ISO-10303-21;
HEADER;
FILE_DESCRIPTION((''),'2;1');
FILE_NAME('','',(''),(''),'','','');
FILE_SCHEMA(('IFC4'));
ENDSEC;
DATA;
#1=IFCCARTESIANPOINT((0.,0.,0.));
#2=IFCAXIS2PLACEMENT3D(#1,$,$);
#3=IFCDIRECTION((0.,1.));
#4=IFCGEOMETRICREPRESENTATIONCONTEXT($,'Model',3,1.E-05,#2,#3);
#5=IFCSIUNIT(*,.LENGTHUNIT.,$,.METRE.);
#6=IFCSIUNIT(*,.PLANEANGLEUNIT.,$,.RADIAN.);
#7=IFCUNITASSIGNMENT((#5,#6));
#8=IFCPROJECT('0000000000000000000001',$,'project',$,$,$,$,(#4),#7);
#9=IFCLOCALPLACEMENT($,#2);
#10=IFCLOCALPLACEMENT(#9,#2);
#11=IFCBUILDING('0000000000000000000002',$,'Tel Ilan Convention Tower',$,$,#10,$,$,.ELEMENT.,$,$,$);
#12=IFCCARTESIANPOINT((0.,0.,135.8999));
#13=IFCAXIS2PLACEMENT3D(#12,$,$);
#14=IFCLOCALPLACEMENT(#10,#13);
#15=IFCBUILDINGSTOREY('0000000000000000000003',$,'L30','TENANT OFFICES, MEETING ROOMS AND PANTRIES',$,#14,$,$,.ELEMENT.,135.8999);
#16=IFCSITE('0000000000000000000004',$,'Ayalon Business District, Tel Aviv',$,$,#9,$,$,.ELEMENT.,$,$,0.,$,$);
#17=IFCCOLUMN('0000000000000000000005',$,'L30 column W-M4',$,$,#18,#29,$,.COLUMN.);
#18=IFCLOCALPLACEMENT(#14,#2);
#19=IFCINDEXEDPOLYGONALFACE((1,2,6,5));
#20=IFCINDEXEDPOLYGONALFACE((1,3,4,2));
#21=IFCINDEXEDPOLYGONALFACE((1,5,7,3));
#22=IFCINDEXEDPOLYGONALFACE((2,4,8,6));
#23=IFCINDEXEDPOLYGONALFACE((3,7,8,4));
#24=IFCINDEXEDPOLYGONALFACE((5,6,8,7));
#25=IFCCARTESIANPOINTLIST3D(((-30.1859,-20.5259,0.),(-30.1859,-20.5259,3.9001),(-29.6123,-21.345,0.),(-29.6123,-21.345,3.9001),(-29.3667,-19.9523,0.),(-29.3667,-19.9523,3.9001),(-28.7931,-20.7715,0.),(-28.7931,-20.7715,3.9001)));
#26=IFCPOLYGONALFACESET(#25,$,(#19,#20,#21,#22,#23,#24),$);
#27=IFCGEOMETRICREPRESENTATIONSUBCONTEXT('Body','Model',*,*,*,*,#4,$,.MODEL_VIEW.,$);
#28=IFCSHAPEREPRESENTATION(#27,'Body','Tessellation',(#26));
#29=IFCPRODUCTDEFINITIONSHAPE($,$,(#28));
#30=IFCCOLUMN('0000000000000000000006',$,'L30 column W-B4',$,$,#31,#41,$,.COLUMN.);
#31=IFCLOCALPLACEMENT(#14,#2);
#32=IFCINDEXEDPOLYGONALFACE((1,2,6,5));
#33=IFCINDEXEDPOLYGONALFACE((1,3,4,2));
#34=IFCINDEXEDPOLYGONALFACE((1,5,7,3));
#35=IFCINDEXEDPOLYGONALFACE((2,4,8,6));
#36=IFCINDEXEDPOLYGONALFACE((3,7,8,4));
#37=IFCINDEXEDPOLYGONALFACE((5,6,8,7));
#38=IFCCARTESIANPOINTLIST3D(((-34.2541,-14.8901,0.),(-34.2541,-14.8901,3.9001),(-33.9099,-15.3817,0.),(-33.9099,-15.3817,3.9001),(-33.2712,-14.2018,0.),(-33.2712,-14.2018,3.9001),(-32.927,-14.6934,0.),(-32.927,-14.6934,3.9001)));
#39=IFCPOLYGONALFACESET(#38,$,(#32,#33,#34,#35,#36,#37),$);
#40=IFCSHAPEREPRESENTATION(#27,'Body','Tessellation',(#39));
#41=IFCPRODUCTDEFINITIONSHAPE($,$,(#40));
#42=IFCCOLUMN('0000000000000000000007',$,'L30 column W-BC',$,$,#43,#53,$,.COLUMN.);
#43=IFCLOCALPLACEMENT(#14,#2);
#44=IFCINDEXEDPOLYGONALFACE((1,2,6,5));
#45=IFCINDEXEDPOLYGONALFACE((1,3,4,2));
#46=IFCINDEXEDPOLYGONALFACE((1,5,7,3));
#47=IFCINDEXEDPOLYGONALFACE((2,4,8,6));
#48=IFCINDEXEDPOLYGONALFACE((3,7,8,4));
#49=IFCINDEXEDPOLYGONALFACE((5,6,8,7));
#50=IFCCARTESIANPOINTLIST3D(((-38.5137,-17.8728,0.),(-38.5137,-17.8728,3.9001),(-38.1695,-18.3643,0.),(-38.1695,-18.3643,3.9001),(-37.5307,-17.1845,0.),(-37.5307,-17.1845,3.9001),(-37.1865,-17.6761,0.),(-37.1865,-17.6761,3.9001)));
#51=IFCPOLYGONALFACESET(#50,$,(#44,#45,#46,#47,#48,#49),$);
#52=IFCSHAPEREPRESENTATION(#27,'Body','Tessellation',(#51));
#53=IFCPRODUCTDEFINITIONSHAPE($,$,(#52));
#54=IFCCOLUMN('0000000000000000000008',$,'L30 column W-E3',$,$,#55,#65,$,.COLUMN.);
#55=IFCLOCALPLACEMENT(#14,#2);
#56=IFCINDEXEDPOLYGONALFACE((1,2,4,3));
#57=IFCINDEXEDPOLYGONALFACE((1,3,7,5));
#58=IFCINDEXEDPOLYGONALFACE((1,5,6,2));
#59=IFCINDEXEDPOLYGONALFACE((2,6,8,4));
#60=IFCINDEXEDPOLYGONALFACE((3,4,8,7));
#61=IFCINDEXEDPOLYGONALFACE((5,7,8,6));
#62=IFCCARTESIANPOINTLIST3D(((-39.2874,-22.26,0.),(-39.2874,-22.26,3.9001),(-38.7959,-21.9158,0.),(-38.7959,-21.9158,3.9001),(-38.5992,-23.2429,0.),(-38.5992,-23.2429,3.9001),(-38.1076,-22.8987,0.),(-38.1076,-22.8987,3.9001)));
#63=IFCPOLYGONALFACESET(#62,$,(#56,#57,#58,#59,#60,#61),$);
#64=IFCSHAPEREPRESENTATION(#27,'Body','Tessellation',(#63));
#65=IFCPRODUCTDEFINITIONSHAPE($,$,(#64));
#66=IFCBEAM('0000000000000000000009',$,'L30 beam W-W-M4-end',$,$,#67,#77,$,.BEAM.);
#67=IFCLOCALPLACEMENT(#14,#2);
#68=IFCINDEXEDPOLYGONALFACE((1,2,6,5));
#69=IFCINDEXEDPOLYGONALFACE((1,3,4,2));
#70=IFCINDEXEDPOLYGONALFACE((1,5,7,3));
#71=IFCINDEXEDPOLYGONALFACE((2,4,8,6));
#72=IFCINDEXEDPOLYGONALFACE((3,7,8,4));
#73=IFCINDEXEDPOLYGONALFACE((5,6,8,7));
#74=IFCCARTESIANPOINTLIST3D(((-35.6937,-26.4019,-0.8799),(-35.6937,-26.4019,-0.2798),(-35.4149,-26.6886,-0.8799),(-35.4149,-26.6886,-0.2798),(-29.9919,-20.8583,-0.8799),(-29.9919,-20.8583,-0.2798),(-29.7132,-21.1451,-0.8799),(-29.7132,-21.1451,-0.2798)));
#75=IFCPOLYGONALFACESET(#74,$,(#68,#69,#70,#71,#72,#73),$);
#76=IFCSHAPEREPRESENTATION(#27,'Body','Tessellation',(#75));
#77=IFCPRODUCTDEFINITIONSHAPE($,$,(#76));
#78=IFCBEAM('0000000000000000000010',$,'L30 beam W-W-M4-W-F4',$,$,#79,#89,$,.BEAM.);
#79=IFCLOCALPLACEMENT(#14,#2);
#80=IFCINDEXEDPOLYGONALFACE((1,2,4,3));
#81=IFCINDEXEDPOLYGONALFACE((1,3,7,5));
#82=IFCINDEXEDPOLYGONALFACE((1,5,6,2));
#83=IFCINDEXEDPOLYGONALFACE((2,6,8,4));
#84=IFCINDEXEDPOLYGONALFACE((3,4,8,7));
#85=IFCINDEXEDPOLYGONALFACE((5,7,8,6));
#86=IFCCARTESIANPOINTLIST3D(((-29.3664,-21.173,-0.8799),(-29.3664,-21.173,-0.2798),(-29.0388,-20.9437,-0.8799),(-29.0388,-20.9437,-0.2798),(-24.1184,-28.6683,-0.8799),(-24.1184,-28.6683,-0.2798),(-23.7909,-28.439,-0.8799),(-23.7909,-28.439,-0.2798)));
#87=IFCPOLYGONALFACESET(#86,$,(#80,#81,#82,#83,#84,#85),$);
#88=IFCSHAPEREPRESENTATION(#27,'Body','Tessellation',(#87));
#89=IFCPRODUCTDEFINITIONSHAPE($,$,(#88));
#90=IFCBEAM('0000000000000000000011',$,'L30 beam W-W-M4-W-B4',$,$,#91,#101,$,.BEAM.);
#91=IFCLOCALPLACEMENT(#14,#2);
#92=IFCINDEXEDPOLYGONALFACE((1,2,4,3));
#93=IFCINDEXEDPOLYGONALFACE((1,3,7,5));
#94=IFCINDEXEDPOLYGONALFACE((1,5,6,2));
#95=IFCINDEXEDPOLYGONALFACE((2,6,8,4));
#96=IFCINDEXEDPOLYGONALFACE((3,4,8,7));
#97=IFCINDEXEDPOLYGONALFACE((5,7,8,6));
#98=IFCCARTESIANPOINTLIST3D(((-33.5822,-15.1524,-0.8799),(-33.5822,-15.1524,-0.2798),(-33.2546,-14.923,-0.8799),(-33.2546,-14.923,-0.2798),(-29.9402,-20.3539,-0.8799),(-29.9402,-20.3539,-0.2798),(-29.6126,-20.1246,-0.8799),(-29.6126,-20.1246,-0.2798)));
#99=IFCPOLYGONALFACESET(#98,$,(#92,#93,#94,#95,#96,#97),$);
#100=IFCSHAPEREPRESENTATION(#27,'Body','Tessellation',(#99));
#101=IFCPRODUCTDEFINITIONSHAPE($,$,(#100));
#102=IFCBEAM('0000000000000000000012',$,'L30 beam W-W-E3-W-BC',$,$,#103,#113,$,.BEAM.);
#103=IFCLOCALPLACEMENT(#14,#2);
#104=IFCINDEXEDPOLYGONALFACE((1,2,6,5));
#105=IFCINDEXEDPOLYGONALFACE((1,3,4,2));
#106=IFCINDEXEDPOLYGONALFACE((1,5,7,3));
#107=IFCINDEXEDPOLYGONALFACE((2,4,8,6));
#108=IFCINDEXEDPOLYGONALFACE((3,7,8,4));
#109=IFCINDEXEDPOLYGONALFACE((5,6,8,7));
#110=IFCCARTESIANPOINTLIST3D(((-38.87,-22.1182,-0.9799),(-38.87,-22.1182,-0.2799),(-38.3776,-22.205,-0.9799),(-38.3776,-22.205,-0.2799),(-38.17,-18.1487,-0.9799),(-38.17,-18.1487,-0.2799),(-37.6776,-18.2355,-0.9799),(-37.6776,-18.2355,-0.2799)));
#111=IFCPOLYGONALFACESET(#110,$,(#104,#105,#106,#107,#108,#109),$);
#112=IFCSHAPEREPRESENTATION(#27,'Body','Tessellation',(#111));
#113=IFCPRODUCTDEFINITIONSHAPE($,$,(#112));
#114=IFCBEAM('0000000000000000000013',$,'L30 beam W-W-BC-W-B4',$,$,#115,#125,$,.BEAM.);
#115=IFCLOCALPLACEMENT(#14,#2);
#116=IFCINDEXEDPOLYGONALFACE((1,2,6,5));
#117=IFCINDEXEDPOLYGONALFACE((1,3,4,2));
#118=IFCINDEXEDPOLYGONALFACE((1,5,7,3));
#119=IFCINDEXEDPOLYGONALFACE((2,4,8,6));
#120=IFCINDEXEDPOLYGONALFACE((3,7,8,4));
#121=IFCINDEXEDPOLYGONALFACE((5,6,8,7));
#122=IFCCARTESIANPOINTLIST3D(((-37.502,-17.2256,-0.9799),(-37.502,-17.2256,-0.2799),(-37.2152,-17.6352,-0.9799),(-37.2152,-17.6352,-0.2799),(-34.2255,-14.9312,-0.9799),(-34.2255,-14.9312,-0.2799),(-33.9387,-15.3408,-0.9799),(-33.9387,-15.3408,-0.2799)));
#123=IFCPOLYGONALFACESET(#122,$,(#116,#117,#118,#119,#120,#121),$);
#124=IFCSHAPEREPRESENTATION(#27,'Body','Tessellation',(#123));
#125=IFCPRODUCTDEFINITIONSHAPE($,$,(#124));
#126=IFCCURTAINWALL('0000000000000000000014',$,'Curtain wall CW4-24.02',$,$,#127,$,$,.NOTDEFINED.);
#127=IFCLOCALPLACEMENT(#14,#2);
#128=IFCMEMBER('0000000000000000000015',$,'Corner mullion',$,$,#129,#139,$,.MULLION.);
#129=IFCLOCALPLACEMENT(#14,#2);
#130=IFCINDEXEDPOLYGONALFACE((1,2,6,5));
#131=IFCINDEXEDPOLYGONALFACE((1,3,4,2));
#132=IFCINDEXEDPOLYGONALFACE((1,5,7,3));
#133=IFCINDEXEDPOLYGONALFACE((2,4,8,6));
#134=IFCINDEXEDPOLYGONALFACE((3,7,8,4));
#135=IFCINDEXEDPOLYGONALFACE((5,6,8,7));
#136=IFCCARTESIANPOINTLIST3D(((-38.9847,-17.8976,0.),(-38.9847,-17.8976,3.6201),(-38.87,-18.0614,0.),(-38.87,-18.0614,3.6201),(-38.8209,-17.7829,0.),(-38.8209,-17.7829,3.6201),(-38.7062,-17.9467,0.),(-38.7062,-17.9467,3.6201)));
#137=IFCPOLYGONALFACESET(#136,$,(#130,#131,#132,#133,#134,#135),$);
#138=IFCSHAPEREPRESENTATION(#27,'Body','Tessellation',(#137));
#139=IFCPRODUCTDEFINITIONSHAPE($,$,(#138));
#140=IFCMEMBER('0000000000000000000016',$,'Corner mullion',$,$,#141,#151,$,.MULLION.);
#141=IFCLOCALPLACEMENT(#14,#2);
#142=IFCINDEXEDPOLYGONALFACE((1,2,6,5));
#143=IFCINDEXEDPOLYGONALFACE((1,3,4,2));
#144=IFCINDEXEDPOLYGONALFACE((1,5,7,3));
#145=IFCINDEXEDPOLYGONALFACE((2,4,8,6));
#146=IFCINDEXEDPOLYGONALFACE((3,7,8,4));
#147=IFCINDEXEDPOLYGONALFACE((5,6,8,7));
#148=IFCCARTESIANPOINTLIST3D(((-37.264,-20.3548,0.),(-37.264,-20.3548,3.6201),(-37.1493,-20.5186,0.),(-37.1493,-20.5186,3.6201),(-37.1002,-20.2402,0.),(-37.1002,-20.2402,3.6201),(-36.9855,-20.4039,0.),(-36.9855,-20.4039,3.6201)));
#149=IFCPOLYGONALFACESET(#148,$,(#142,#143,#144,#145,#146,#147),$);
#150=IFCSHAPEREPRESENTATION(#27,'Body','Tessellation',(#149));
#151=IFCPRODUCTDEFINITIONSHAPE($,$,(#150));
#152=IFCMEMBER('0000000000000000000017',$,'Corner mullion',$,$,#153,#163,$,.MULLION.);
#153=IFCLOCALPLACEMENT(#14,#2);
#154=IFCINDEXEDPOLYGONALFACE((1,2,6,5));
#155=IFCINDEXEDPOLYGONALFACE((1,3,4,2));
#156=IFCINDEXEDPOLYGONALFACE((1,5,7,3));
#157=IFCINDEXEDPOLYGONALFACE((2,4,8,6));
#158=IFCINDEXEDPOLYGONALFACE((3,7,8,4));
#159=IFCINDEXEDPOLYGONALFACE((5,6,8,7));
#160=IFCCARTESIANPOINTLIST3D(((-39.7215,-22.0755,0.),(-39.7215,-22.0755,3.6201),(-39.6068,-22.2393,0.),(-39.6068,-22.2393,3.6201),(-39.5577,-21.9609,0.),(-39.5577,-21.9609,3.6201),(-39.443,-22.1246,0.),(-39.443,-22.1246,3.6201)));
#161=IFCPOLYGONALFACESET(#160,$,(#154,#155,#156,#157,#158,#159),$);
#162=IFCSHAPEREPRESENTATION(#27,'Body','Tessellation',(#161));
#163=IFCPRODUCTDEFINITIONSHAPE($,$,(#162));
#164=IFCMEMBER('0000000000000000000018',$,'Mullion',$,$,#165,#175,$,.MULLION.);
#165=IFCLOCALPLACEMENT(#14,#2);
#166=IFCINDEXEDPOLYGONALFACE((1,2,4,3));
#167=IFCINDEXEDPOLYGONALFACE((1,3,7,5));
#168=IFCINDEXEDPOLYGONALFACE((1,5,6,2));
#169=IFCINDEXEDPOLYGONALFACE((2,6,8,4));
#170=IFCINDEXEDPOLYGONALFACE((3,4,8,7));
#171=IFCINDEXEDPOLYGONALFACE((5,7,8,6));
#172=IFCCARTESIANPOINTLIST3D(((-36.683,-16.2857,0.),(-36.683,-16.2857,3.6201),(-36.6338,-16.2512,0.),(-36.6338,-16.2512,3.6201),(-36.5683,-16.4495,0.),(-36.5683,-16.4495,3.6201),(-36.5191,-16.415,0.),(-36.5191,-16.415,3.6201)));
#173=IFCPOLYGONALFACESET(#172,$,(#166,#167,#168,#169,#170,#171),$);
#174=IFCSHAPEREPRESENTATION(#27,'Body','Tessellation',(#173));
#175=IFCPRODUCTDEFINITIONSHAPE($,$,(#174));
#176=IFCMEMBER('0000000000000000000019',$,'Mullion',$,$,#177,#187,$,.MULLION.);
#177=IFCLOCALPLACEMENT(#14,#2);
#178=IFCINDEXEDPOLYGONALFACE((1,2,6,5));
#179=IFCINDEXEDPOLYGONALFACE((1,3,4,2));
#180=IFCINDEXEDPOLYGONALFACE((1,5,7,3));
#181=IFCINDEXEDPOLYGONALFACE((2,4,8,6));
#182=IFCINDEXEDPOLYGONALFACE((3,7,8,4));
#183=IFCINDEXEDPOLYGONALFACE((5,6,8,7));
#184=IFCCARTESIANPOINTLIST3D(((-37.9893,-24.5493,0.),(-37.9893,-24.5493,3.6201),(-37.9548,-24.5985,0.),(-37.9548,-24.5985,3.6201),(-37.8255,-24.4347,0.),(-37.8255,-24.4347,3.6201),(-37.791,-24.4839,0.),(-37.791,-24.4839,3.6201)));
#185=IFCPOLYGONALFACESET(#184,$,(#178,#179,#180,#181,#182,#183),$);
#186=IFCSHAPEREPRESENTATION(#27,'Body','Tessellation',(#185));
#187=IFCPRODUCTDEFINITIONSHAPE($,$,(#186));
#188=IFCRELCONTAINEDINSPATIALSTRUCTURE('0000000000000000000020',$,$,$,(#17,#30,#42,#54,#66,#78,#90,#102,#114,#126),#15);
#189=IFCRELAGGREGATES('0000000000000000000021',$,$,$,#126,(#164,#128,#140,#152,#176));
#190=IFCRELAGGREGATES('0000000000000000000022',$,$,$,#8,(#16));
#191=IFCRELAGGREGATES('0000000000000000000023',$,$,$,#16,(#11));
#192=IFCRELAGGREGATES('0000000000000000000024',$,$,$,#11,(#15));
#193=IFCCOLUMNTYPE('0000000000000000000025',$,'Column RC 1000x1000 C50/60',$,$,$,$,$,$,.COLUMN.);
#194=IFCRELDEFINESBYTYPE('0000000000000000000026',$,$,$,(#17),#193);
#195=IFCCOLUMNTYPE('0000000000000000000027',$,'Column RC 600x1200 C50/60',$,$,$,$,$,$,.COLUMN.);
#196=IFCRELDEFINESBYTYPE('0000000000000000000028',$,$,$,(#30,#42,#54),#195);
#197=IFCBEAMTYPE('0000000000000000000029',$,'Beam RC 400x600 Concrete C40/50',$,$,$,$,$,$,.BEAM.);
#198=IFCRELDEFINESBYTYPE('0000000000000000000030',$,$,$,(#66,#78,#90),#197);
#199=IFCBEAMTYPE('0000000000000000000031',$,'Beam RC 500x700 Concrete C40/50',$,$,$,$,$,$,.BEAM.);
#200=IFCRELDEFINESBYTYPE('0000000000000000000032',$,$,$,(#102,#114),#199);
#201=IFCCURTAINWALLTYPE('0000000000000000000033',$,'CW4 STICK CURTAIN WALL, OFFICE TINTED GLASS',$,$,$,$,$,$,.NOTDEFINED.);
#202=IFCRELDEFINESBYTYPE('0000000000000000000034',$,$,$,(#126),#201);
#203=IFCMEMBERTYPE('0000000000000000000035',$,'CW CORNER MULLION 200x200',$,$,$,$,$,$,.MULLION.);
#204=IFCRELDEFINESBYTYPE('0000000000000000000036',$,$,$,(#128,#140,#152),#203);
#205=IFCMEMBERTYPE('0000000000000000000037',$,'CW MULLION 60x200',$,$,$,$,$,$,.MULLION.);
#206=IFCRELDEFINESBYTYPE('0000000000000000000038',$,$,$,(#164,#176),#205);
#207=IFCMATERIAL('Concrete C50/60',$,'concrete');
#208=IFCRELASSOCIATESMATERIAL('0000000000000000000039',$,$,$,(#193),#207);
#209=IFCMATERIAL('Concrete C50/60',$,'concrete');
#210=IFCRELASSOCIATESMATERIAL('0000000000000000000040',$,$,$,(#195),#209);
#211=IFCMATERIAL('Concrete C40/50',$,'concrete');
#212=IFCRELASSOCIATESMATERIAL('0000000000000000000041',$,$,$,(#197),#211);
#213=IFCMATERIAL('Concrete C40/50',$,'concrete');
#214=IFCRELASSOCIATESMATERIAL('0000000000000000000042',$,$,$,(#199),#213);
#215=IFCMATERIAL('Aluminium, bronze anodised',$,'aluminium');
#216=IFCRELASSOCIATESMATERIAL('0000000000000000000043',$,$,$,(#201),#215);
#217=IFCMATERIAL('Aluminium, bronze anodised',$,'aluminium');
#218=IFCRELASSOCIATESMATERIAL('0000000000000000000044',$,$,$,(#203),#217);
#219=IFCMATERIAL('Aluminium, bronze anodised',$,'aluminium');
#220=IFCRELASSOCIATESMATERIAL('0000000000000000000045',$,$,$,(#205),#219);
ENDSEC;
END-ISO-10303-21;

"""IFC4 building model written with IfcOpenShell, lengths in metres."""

from ifc_helpers import new_model, si_unit, direction, frame, origin, origin_2d, place, context, subcontext, project, spatial, rectangle, extrude, material, material_profile, profile_set, type_object, element, aggregate, save


model = new_model("IFC4")

# Units and contexts
model_context = context("Model", 3, precision=1e-05, world=origin(), true_north=direction((0.0, 1.0)))
body_context = subcontext(model_context, "Body", "Model", "MODEL_VIEW")
ifc_project = project(units=[si_unit("LENGTHUNIT", "METRE"), si_unit("PLANEANGLEUNIT", "RADIAN")], contexts=[model_context])

# Site, building, storey
site_placement = place(None, origin())
site = spatial("IfcSite", under=ifc_project, at=site_placement, Name="Ayalon Business District, Tel Aviv", CompositionType="ELEMENT", RefElevation=0.0)
building_placement = place(site_placement, origin())
building = spatial("IfcBuilding", under=site, at=building_placement, Name="Tel Ilan Convention Tower", CompositionType="ELEMENT")
storey_placement = place(building_placement, frame((0.0, 0.0, 135.8999)))
storey = spatial("IfcBuildingStorey", under=building, at=storey_placement, Name="L30", Description="TENANT OFFICES, MEETING ROOMS AND PANTRIES", CompositionType="ELEMENT", Elevation=135.8999)

# Columns
ifc_material_1 = material(Name="Concrete C50/60", Category="concrete")
ifc_material_profile_1 = material_profile(ifc_material_1, rectangle(XDim=1.0, YDim=1.0, at=origin_2d()), Name="RC 1000x1000")
ifc_profile_set_1 = profile_set([ifc_material_profile_1], Name="Concrete C50/60")
column_type_1 = type_object("IfcColumnType", Name="Column RC 1000x1000 C50/60", PredefinedType="COLUMN", material=ifc_profile_set_1)
column_placement = place(storey_placement, frame((-29.4895, -20.6487, 0.0), z_axis=(0.0, 0.0, 1.0), x_axis=(-0.819152, -0.573576, 0.0)))
element("IfcColumn", 1, at=column_placement, inside=storey, type_object=column_type_1, Name="L30 column W-M4", PredefinedType="COLUMN", context=body_context, shape_type="SweptSolid", body=[
    extrude(rectangle(XDim=1.0, YDim=1.0, at=origin_2d()), origin(), (0.0, 0.0, 1.0), 3.9001),
])
ifc_material_2 = material(Name="Concrete C50/60", Category="concrete")
ifc_material_profile_2 = material_profile(ifc_material_2, rectangle(XDim=1.2, YDim=0.6001, at=origin_2d()), Name="RC 600x1200")
ifc_profile_set_2 = profile_set([ifc_material_profile_2], Name="Concrete C50/60")
column_type_2 = type_object("IfcColumnType", Name="Column RC 600x1200 C50/60", PredefinedType="COLUMN", material=ifc_profile_set_2)
for number, where, z_axis, x_axis, name in (
    (2, (-33.5906, -14.7917, 0.0), (0.0, 0.0, 1.0), (-0.819152, -0.573576, 0.0), "L30 column W-B4"),
    (3, (-37.8501, -17.7744, 0.0), (0.0, 0.0, 1.0), (-0.819152, -0.573576, 0.0), "L30 column W-BC"),
    (4, (-38.6975, -22.5793, 0.0), (0.0, 0.0, 1.0), (-0.573576, 0.819152, 0.0), "L30 column W-E3"),
):
    element("IfcColumn", number, at=place(storey_placement, frame(where, z_axis=z_axis, x_axis=x_axis)), inside=storey, type_object=column_type_2, Name=name, PredefinedType="COLUMN", context=body_context, shape_type="SweptSolid", body=[
        extrude(rectangle(XDim=1.2, YDim=0.6001, at=origin_2d()), origin(), (0.0, 0.0, 1.0), 3.9001),
    ])

# Beams
ifc_material_3 = material(Name="Concrete C40/50", Category="concrete")
ifc_material_profile_3 = material_profile(ifc_material_3, rectangle(XDim=0.3999, YDim=0.6001, at=origin_2d()), Name="RC 400x600")
ifc_profile_set_3 = profile_set([ifc_material_profile_3], Name="Concrete C40/50")
beam_type_1 = type_object("IfcBeamType", Name="Beam RC 400x600 Concrete C40/50", PredefinedType="BEAM", material=ifc_profile_set_3)
beam_1_placement = place(storey_placement, frame((-29.8525, -21.0017, -0.5798), z_axis=(-0.716984, -0.69709, 0.0), x_axis=(0.69709, -0.716984, 0.0)))
element("IfcBeam", 5, at=beam_1_placement, inside=storey, type_object=beam_type_1, Name="L30 beam W-W-M4-end", PredefinedType="BEAM", context=body_context, shape_type="SweptSolid", body=[
    extrude(rectangle(XDim=0.3999, YDim=0.6001, at=origin_2d()), origin(), (0.0, 0.0, 1.0), 7.9524),
])
beam_2_placement = place(storey_placement, frame((-29.2026, -21.0583, -0.5798), z_axis=(0.573557, -0.819165, 0.0), x_axis=(0.819165, 0.573557, 0.0)))
element("IfcBeam", 6, at=beam_2_placement, inside=storey, type_object=beam_type_1, Name="L30 beam W-W-M4-W-F4", PredefinedType="BEAM", context=body_context, shape_type="SweptSolid", body=[
    extrude(rectangle(XDim=0.3999, YDim=0.6001, at=origin_2d()), origin(), (0.0, 0.0, 1.0), 9.1499),
])
beam_3_placement = place(storey_placement, frame((-29.7764, -20.2393, -0.5798), z_axis=(-0.57356, 0.819163, 0.0), x_axis=(-0.819163, -0.57356, 0.0)))
element("IfcBeam", 7, at=beam_3_placement, inside=storey, type_object=beam_type_1, Name="L30 beam W-W-M4-W-B4", PredefinedType="BEAM", context=body_context, shape_type="SweptSolid", body=[
    extrude(rectangle(XDim=0.3999, YDim=0.6001, at=origin_2d()), origin(), (0.0, 0.0, 1.0), 6.3499),
])
ifc_material_4 = material(Name="Concrete C40/50", Category="concrete")
ifc_material_profile_4 = material_profile(ifc_material_4, rectangle(XDim=0.5, YDim=0.7, at=origin_2d()), Name="RC 500x700")
ifc_profile_set_4 = profile_set([ifc_material_profile_4], Name="Concrete C40/50")
beam_type_2 = type_object("IfcBeamType", Name="Beam RC 500x700 Concrete C40/50", PredefinedType="BEAM", material=ifc_profile_set_4)
beam_4_placement = place(storey_placement, frame((-38.6238, -22.1616, -0.6299), z_axis=(0.173654, 0.984807, 0.0), x_axis=(-0.984807, 0.173654, 0.0)))
element("IfcBeam", 8, at=beam_4_placement, inside=storey, type_object=beam_type_2, Name="L30 beam W-W-E3-W-BC", PredefinedType="BEAM", context=body_context, shape_type="SweptSolid", body=[
    extrude(rectangle(XDim=0.5, YDim=0.7, at=origin_2d()), origin(), (0.0, 0.0, 1.0), 4.0308),
])
beam_5_placement = place(storey_placement, frame((-37.3586, -17.4304, -0.6299), z_axis=(0.819137, 0.573598, 0.0), x_axis=(-0.573598, 0.819137, 0.0)))
element("IfcBeam", 9, at=beam_5_placement, inside=storey, type_object=beam_type_2, Name="L30 beam W-W-BC-W-B4", PredefinedType="BEAM", context=body_context, shape_type="SweptSolid", body=[
    extrude(rectangle(XDim=0.5, YDim=0.7, at=origin_2d()), origin(), (0.0, 0.0, 1.0), 4.0),
])

# Curtain wall, members
ifc_material_5 = material(Name="Aluminium, bronze anodised", Category="aluminium")
curtain_wall_type = type_object("IfcCurtainWallType", Name="CW4 STICK CURTAIN WALL, OFFICE TINTED GLASS", PredefinedType="NOTDEFINED", material=ifc_material_5)
curtain_wall_placement = place(storey_placement, origin())
curtain_wall = element("IfcCurtainWall", 10, at=curtain_wall_placement, inside=storey, type_object=curtain_wall_type, Name="Curtain wall CW4-24.02", PredefinedType="NOTDEFINED")
ifc_material_6 = material(Name="Aluminium, bronze anodised", Category="aluminium")
ifc_material_profile_5 = material_profile(ifc_material_6, rectangle(XDim=0.2, YDim=0.2, at=origin_2d()), Name="CW CORNER MULLION 200x200")
ifc_profile_set_5 = profile_set([ifc_material_profile_5], Name="Aluminium, bronze anodised")
member_type_1 = type_object("IfcMemberType", Name="CW CORNER MULLION 200x200", PredefinedType="MULLION", material=ifc_profile_set_5)
member_1_placement = place(storey_placement, frame((-38.8455, -17.9221, 0.0), z_axis=(0.0, 0.0, 1.0), x_axis=(-0.819152, -0.573576, 0.0)))
member_1 = element("IfcMember", 11, at=member_1_placement, type_object=member_type_1, Name="Corner mullion", PredefinedType="MULLION", context=body_context, shape_type="SweptSolid", body=[
    extrude(rectangle(XDim=0.2, YDim=0.2, at=origin_2d()), origin(), (0.0, 0.0, 1.0), 3.6201),
])
member_2_placement = place(storey_placement, frame((-37.1248, -20.3794, 0.0), z_axis=(0.0, 0.0, 1.0), x_axis=(0.573576, -0.819152, 0.0)))
member_2 = element("IfcMember", 12, at=member_2_placement, type_object=member_type_1, Name="Corner mullion", PredefinedType="MULLION", context=body_context, shape_type="SweptSolid", body=[
    extrude(rectangle(XDim=0.2, YDim=0.2, at=origin_2d()), origin(), (0.0, 0.0, 1.0), 3.6201),
])
member_3_placement = place(storey_placement, frame((-39.5823, -22.1001, 0.0), z_axis=(0.0, 0.0, 1.0), x_axis=(-0.819152, -0.573576, 0.0)))
member_3 = element("IfcMember", 13, at=member_3_placement, type_object=member_type_1, Name="Corner mullion", PredefinedType="MULLION", context=body_context, shape_type="SweptSolid", body=[
    extrude(rectangle(XDim=0.2, YDim=0.2, at=origin_2d()), origin(), (0.0, 0.0, 1.0), 3.6201),
])
ifc_material_7 = material(Name="Aluminium, bronze anodised", Category="aluminium")
ifc_material_profile_6 = material_profile(ifc_material_7, rectangle(XDim=0.0601, YDim=0.2, at=origin_2d()), Name="CW MULLION 60x200")
ifc_profile_set_6 = profile_set([ifc_material_profile_6], Name="Aluminium, bronze anodised")
member_type_2 = type_object("IfcMemberType", Name="CW MULLION 60x200", PredefinedType="MULLION", material=ifc_profile_set_6)
member_4_placement = place(storey_placement, frame((-36.6011, -16.3503, 0.0), z_axis=(0.0, 0.0, 1.0), x_axis=(-0.819152, -0.573576, 0.0)))
member_4 = element("IfcMember", 14, at=member_4_placement, type_object=member_type_2, Name="Mullion", PredefinedType="MULLION", context=body_context, shape_type="SweptSolid", body=[
    extrude(rectangle(XDim=0.0601, YDim=0.2, at=origin_2d()), origin(), (0.0, 0.0, 1.0), 3.6201),
])
member_5_placement = place(storey_placement, frame((-37.8901, -24.5166, 0.0), z_axis=(0.0, 0.0, 1.0), x_axis=(0.573576, -0.819152, 0.0)))
member_5 = element("IfcMember", 15, at=member_5_placement, type_object=member_type_2, Name="Mullion", PredefinedType="MULLION", context=body_context, shape_type="SweptSolid", body=[
    extrude(rectangle(XDim=0.0601, YDim=0.2, at=origin_2d()), origin(), (0.0, 0.0, 1.0), 3.6201),
])
aggregate(curtain_wall, [member_4, member_1, member_2, member_3, member_5])

save(model, "model.ifc")
